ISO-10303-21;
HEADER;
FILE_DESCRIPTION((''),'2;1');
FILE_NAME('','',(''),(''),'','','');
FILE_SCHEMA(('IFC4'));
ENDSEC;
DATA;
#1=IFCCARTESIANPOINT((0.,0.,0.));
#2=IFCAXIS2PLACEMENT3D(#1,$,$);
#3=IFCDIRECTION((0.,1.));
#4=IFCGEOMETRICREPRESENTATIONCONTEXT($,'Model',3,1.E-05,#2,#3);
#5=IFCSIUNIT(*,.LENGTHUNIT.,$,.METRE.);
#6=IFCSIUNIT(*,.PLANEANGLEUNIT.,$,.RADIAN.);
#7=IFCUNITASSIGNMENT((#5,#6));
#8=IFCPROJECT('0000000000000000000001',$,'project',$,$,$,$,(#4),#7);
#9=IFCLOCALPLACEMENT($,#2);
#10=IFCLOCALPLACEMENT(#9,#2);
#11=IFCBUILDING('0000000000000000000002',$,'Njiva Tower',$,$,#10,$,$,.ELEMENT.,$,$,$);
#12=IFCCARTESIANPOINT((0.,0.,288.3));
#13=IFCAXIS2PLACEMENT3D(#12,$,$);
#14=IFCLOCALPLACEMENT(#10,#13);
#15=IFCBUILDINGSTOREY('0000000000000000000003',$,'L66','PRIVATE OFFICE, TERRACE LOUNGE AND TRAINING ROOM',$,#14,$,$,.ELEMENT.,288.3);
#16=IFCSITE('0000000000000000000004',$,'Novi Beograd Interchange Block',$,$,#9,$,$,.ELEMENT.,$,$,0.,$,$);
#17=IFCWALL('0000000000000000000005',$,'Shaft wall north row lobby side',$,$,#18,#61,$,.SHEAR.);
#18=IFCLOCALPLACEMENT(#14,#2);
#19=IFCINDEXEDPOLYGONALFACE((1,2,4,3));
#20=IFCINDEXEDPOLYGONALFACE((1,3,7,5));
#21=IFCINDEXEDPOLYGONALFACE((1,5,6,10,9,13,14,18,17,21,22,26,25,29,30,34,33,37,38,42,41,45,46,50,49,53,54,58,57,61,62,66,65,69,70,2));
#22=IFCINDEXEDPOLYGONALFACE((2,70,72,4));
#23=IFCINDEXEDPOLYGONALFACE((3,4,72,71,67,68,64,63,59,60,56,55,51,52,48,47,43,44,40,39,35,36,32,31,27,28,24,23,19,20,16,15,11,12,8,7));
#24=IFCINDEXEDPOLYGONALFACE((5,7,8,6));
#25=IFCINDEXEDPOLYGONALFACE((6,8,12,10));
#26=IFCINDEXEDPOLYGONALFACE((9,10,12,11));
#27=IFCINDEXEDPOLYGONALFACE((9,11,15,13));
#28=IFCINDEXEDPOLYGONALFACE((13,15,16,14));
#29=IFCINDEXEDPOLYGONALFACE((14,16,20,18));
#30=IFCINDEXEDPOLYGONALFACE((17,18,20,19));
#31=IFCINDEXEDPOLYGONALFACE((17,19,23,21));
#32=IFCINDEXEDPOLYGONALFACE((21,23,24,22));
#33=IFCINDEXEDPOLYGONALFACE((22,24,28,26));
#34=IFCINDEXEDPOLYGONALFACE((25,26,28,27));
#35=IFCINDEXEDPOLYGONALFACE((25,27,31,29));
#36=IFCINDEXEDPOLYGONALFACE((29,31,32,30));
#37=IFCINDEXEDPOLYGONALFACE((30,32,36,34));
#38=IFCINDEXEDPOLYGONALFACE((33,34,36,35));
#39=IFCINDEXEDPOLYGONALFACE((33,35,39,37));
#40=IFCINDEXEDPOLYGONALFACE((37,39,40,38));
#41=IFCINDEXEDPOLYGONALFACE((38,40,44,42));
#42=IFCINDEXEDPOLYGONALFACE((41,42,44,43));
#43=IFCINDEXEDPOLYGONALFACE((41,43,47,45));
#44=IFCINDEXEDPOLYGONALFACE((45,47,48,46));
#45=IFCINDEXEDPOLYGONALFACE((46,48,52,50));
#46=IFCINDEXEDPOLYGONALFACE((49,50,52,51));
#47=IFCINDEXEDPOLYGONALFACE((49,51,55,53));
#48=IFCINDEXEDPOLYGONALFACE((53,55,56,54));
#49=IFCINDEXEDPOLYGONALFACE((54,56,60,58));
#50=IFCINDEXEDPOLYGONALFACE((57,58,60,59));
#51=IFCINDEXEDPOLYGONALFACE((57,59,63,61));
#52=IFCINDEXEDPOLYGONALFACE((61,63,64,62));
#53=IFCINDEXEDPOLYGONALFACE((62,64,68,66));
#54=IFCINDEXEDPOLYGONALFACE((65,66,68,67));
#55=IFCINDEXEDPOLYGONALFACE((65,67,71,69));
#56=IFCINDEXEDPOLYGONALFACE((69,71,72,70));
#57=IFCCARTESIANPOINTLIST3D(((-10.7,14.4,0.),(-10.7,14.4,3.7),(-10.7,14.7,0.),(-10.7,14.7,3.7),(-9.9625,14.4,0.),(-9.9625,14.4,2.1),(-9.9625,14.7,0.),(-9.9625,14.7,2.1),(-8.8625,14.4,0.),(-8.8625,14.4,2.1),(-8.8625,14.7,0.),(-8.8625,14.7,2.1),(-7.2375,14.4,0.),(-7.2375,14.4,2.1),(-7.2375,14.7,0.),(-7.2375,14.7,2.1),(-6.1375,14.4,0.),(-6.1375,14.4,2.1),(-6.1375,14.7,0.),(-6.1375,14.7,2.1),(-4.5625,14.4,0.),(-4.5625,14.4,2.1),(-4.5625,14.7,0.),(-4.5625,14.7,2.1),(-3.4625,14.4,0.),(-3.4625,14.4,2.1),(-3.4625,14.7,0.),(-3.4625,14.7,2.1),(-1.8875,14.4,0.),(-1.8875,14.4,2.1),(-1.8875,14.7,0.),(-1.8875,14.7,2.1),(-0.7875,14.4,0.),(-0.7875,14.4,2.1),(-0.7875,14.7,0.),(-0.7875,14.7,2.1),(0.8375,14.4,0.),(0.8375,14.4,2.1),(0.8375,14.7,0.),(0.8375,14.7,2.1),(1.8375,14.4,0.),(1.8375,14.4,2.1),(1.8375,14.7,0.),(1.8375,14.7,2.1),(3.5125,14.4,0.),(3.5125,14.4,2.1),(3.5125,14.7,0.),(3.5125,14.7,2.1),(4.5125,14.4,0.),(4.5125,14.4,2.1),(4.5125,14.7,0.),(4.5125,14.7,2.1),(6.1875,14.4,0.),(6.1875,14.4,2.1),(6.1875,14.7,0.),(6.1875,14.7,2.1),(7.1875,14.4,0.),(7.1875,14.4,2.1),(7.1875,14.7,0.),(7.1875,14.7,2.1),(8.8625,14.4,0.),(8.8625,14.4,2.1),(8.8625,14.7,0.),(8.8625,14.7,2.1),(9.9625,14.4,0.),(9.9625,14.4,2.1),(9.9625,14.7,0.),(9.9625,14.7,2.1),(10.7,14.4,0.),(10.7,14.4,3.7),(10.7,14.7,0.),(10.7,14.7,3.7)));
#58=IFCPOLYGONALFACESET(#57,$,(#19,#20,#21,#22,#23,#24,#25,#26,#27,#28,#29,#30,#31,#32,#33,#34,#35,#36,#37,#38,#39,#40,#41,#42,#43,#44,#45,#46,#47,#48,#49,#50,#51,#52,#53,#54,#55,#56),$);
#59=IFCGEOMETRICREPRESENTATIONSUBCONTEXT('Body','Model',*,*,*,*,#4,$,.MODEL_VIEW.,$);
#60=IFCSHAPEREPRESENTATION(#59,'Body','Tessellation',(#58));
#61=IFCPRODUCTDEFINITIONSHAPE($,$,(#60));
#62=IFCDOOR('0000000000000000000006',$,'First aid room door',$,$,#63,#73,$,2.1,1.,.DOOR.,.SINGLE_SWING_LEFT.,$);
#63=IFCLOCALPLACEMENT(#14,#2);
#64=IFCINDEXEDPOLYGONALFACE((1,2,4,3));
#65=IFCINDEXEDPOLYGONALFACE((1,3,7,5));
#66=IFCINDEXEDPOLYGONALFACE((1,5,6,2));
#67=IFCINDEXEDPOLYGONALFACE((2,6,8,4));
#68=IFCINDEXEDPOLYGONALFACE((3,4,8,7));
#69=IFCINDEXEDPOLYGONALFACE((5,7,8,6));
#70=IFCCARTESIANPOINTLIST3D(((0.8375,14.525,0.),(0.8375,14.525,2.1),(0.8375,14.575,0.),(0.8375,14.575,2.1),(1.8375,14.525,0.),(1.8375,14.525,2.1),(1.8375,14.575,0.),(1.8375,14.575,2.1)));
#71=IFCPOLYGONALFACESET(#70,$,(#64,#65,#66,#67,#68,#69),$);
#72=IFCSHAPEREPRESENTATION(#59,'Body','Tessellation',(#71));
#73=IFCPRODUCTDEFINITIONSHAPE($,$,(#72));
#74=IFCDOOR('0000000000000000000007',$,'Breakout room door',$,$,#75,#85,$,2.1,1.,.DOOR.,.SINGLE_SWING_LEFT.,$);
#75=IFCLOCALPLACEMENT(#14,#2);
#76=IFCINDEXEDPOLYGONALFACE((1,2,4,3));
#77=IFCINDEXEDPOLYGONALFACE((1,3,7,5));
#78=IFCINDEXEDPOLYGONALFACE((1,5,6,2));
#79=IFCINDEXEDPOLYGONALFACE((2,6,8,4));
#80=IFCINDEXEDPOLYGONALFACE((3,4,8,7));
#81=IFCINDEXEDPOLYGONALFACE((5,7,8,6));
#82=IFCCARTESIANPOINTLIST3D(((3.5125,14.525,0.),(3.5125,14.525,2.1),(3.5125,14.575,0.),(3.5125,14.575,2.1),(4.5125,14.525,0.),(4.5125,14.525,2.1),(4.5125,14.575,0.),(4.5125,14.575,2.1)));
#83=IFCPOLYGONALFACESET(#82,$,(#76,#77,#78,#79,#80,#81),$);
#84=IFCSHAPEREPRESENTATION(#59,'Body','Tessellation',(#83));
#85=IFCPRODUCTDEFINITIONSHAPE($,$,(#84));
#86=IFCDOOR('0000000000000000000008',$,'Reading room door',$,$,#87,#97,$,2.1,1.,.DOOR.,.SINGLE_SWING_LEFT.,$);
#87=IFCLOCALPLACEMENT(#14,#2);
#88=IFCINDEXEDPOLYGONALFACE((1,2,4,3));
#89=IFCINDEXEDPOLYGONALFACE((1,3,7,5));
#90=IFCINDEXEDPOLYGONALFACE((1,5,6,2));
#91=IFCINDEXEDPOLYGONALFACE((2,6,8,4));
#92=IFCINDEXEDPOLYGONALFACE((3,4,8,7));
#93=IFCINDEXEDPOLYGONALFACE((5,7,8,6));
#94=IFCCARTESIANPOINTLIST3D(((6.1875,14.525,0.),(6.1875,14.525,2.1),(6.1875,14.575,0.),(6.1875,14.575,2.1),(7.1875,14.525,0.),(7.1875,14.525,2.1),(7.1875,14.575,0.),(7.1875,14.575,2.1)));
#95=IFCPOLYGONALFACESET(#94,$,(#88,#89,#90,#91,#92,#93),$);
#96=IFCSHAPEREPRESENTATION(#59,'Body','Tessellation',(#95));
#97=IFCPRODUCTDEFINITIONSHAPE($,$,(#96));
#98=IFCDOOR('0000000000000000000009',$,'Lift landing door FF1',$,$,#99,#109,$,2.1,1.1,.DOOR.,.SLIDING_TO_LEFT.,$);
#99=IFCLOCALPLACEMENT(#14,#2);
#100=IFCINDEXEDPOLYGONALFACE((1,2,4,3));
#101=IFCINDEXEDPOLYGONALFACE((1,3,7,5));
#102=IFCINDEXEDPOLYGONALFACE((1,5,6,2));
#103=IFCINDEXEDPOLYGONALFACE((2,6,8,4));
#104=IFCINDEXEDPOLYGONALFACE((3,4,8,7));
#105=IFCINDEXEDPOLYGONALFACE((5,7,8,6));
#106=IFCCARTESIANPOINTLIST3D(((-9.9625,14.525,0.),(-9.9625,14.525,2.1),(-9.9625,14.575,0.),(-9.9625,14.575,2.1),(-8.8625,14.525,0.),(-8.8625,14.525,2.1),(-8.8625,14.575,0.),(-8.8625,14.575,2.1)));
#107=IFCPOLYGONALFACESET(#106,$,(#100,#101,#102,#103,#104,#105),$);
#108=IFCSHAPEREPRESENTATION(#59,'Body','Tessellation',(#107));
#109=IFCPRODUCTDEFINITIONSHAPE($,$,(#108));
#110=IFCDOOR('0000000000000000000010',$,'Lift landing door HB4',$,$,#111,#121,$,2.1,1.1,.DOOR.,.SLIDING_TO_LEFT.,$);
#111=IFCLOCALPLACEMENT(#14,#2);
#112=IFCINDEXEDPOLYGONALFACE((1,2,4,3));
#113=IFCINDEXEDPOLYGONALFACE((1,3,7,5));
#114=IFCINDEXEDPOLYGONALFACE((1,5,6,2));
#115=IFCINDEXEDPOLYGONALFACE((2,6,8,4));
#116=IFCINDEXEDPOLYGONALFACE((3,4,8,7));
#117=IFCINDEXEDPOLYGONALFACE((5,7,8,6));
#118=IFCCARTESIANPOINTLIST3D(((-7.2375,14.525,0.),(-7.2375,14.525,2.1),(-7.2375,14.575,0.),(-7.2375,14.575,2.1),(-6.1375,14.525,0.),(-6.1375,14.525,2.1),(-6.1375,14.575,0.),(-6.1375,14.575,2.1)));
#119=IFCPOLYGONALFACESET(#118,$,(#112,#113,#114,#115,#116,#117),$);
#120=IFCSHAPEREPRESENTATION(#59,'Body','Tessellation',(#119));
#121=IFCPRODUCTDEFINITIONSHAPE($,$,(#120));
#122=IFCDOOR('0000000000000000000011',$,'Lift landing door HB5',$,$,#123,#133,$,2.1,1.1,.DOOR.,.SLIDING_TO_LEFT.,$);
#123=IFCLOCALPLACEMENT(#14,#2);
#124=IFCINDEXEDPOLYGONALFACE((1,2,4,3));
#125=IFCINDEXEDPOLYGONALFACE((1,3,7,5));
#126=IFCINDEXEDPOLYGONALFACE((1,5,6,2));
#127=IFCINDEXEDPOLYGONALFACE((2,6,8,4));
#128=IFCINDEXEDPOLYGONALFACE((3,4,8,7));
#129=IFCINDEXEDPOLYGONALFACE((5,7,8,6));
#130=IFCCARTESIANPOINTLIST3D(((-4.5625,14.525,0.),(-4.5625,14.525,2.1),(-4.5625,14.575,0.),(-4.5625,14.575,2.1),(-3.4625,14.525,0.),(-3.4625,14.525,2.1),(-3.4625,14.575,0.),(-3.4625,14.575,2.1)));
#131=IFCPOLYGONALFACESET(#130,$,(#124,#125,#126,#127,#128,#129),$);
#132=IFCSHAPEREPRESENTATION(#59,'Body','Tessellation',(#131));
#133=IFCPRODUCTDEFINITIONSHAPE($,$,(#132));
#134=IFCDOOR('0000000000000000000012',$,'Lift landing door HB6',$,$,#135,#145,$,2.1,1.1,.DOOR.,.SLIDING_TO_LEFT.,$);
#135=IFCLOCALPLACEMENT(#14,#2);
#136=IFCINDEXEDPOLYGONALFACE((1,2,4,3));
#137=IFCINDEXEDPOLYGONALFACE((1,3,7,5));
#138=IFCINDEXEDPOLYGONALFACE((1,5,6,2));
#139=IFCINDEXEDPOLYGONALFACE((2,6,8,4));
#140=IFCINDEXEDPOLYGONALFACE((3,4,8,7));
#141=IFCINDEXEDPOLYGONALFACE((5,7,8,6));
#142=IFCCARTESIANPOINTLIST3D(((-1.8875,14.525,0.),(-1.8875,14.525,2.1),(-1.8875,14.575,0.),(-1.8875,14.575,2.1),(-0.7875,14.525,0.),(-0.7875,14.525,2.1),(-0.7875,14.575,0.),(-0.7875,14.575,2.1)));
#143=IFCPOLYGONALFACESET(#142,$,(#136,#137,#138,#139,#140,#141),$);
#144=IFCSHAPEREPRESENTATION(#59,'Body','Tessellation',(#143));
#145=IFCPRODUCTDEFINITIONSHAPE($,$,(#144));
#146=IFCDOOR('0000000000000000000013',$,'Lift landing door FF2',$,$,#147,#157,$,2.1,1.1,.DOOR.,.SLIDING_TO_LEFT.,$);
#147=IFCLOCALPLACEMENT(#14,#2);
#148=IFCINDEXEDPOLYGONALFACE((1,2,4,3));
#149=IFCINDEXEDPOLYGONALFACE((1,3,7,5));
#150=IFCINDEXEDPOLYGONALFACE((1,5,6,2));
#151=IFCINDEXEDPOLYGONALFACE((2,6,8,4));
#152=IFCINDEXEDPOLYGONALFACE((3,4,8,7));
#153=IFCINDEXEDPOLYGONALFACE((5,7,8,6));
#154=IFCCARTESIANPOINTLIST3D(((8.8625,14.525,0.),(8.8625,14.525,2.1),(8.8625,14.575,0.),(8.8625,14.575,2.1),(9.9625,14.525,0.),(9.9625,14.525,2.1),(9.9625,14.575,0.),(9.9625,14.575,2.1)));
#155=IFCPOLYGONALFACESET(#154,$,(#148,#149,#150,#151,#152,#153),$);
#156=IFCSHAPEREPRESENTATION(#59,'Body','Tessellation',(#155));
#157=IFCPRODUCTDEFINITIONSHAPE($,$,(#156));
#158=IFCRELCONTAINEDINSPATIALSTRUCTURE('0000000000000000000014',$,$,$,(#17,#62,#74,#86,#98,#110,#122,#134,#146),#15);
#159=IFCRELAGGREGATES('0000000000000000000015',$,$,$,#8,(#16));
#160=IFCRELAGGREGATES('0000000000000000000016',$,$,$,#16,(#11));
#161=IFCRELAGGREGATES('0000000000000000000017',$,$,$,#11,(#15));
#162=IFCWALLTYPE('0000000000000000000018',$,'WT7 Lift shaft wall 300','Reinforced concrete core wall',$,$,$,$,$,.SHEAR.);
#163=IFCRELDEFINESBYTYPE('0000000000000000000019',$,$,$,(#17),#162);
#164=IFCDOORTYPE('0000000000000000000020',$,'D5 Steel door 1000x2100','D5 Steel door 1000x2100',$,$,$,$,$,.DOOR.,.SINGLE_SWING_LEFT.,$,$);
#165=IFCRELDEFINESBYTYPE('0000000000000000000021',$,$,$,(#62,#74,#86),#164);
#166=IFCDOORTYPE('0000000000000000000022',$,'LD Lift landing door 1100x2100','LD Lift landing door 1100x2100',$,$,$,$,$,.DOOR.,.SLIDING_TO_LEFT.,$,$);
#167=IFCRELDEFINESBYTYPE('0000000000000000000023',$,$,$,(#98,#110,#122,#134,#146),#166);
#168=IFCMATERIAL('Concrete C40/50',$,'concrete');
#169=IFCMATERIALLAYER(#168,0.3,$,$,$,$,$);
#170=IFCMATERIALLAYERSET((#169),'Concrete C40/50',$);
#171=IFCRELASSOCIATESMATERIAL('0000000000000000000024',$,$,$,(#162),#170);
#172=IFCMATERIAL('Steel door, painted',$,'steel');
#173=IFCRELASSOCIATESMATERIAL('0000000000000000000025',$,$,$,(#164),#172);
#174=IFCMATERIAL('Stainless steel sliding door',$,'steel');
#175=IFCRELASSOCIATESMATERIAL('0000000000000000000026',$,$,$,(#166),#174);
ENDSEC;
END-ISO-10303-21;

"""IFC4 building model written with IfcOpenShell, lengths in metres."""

from ifc_helpers import new_model, si_unit, direction, frame, frame_2d, origin, place, context, subcontext, project, spatial, rectangle, extrude, material, layer, layer_set, type_object, element, fill, save


model = new_model("IFC4")

# Units and contexts
model_context = context("Model", 3, precision=1e-05, world=origin(), true_north=direction((0.0, 1.0)))
body_context = subcontext(model_context, "Body", "Model", "MODEL_VIEW")
ifc_project = project(units=[si_unit("LENGTHUNIT", "METRE"), si_unit("PLANEANGLEUNIT", "RADIAN")], contexts=[model_context])

# Site, building, storey
site_placement = place(None, origin())
site = spatial("IfcSite", under=ifc_project, at=site_placement, Name="Novi Beograd Interchange Block", CompositionType="ELEMENT", RefElevation=0.0)
building_placement = place(site_placement, origin())
building = spatial("IfcBuilding", under=site, at=building_placement, Name="Njiva Tower", CompositionType="ELEMENT")
storey_placement = place(building_placement, frame((0.0, 0.0, 288.3)))
storey = spatial("IfcBuildingStorey", under=building, at=storey_placement, Name="L66", Description="PRIVATE OFFICE, TERRACE LOUNGE AND TRAINING ROOM", CompositionType="ELEMENT", Elevation=288.3)

# Shared definitions
ifc_material_1 = material(Name="Concrete C40/50", Category="concrete")

# Wall, openings, doors
ifc_layer_1 = layer(ifc_material_1, 0.3)
ifc_layer_set_1 = layer_set([ifc_layer_1], Name="Concrete C40/50")
wall_type_1 = type_object("IfcWallType", Name="WT7 Lift shaft wall 300", Description="Reinforced concrete core wall", PredefinedType="SHEAR", material=ifc_layer_set_1)
wall_placement = place(storey_placement, frame((-10.7, 14.55, 0.0), z_axis=(0.0, 0.0, 1.0), x_axis=(1.0, 0.0, 0.0)))
wall = element("IfcWall", 1, at=wall_placement, inside=storey, type_object=wall_type_1, Name="Shaft wall north row lobby side", PredefinedType="SHEAR", context=body_context, shape_type="SweptSolid", body=[
    extrude(rectangle(XDim=21.4, YDim=0.3, at=frame_2d((10.7, 0.0))), origin(), (0.0, 0.0, 1.0), 3.7),
])
opening_1_placement = place(wall_placement, frame((0.7375, 0.0, 0.0)))
opening_1 = element("IfcOpeningElement", 2, at=opening_1_placement, cuts=wall, PredefinedType="OPENING", context=body_context, shape_type="SweptSolid", body=[
    extrude(rectangle(XDim=1.1, YDim=2.1, at=frame_2d((0.55, 1.05))), frame((0.0, 0.16, 0.0), z_axis=(0.0, -1.0, 0.0), x_axis=(1.0, 0.0, 0.0)), (0.0, 0.0, 1.0), 0.32),
])
opening_2_placement = place(wall_placement, frame((3.4625, 0.0, 0.0)))
opening_2 = element("IfcOpeningElement", 3, at=opening_2_placement, cuts=wall, PredefinedType="OPENING", context=body_context, shape_type="SweptSolid", body=[
    extrude(rectangle(XDim=1.1, YDim=2.1, at=frame_2d((0.55, 1.05))), frame((0.0, 0.16, 0.0), z_axis=(0.0, -1.0, 0.0), x_axis=(1.0, 0.0, 0.0)), (0.0, 0.0, 1.0), 0.32),
])
opening_3_placement = place(wall_placement, frame((6.1375, 0.0, 0.0)))
opening_3 = element("IfcOpeningElement", 4, at=opening_3_placement, cuts=wall, PredefinedType="OPENING", context=body_context, shape_type="SweptSolid", body=[
    extrude(rectangle(XDim=1.1, YDim=2.1, at=frame_2d((0.55, 1.05))), frame((0.0, 0.16, 0.0), z_axis=(0.0, -1.0, 0.0), x_axis=(1.0, 0.0, 0.0)), (0.0, 0.0, 1.0), 0.32),
])
opening_4_placement = place(wall_placement, frame((8.8125, 0.0, 0.0)))
opening_4 = element("IfcOpeningElement", 5, at=opening_4_placement, cuts=wall, PredefinedType="OPENING", context=body_context, shape_type="SweptSolid", body=[
    extrude(rectangle(XDim=1.1, YDim=2.1, at=frame_2d((0.55, 1.05))), frame((0.0, 0.16, 0.0), z_axis=(0.0, -1.0, 0.0), x_axis=(1.0, 0.0, 0.0)), (0.0, 0.0, 1.0), 0.32),
])
opening_5_placement = place(wall_placement, frame((19.5625, 0.0, 0.0)))
opening_5 = element("IfcOpeningElement", 6, at=opening_5_placement, cuts=wall, PredefinedType="OPENING", context=body_context, shape_type="SweptSolid", body=[
    extrude(rectangle(XDim=1.1, YDim=2.1, at=frame_2d((0.55, 1.05))), frame((0.0, 0.16, 0.0), z_axis=(0.0, -1.0, 0.0), x_axis=(1.0, 0.0, 0.0)), (0.0, 0.0, 1.0), 0.32),
])
opening_6_placement = place(wall_placement, frame((11.5375, 0.0, 0.0)))
opening_6 = element("IfcOpeningElement", 7, at=opening_6_placement, cuts=wall, PredefinedType="OPENING", context=body_context, shape_type="SweptSolid", body=[
    extrude(rectangle(XDim=1.0, YDim=2.1, at=frame_2d((0.5, 1.05))), frame((0.0, 0.16, 0.0), z_axis=(0.0, -1.0, 0.0), x_axis=(1.0, 0.0, 0.0)), (0.0, 0.0, 1.0), 0.32),
])
opening_7_placement = place(wall_placement, frame((14.2125, 0.0, 0.0)))
opening_7 = element("IfcOpeningElement", 8, at=opening_7_placement, cuts=wall, PredefinedType="OPENING", context=body_context, shape_type="SweptSolid", body=[
    extrude(rectangle(XDim=1.0, YDim=2.1, at=frame_2d((0.5, 1.05))), frame((0.0, 0.16, 0.0), z_axis=(0.0, -1.0, 0.0), x_axis=(1.0, 0.0, 0.0)), (0.0, 0.0, 1.0), 0.32),
])
opening_8_placement = place(wall_placement, frame((16.8875, 0.0, 0.0)))
opening_8 = element("IfcOpeningElement", 9, at=opening_8_placement, cuts=wall, PredefinedType="OPENING", context=body_context, shape_type="SweptSolid", body=[
    extrude(rectangle(XDim=1.0, YDim=2.1, at=frame_2d((0.5, 1.05))), frame((0.0, 0.16, 0.0), z_axis=(0.0, -1.0, 0.0), x_axis=(1.0, 0.0, 0.0)), (0.0, 0.0, 1.0), 0.32),
])
ifc_material_2 = material(Name="Steel door, painted", Category="steel")
door_type_1 = type_object("IfcDoorType", Name="D5 Steel door 1000x2100", Description="D5 Steel door 1000x2100", OperationType="SINGLE_SWING_LEFT", PredefinedType="DOOR", material=ifc_material_2)
door_1_placement = place(opening_6_placement, origin())
door_1 = element("IfcDoor", 10, at=door_1_placement, inside=storey, type_object=door_type_1, Name="First aid room door", OperationType="SINGLE_SWING_LEFT", OverallHeight=2.1, OverallWidth=1.0, PredefinedType="DOOR", context=body_context, shape_type="SweptSolid", body=[
    extrude(rectangle(XDim=1.0, YDim=2.1, at=frame_2d((0.5, 1.05))), frame((0.0, 0.025, 0.0), z_axis=(0.0, -1.0, 0.0), x_axis=(1.0, 0.0, 0.0)), (0.0, 0.0, 1.0), 0.05),
])
fill(opening_6, door_1)
door_2_placement = place(opening_7_placement, origin())
door_2 = element("IfcDoor", 11, at=door_2_placement, inside=storey, type_object=door_type_1, Name="Breakout room door", OperationType="SINGLE_SWING_LEFT", OverallHeight=2.1, OverallWidth=1.0, PredefinedType="DOOR", context=body_context, shape_type="SweptSolid", body=[
    extrude(rectangle(XDim=1.0, YDim=2.1, at=frame_2d((0.5, 1.05))), frame((0.0, 0.025, 0.0), z_axis=(0.0, -1.0, 0.0), x_axis=(1.0, 0.0, 0.0)), (0.0, 0.0, 1.0), 0.05),
])
fill(opening_7, door_2)
door_3_placement = place(opening_8_placement, origin())
door_3 = element("IfcDoor", 12, at=door_3_placement, inside=storey, type_object=door_type_1, Name="Reading room door", OperationType="SINGLE_SWING_LEFT", OverallHeight=2.1, OverallWidth=1.0, PredefinedType="DOOR", context=body_context, shape_type="SweptSolid", body=[
    extrude(rectangle(XDim=1.0, YDim=2.1, at=frame_2d((0.5, 1.05))), frame((0.0, 0.025, 0.0), z_axis=(0.0, -1.0, 0.0), x_axis=(1.0, 0.0, 0.0)), (0.0, 0.0, 1.0), 0.05),
])
fill(opening_8, door_3)
ifc_material_3 = material(Name="Stainless steel sliding door", Category="steel")
door_type_2 = type_object("IfcDoorType", Name="LD Lift landing door 1100x2100", Description="LD Lift landing door 1100x2100", OperationType="SLIDING_TO_LEFT", PredefinedType="DOOR", material=ifc_material_3)
door_4_placement = place(opening_1_placement, origin())
door_4 = element("IfcDoor", 13, at=door_4_placement, inside=storey, type_object=door_type_2, Name="Lift landing door FF1", OperationType="SLIDING_TO_LEFT", OverallHeight=2.1, OverallWidth=1.1, PredefinedType="DOOR", context=body_context, shape_type="SweptSolid", body=[
    extrude(rectangle(XDim=1.1, YDim=2.1, at=frame_2d((0.55, 1.05))), frame((0.0, 0.025, 0.0), z_axis=(0.0, -1.0, 0.0), x_axis=(1.0, 0.0, 0.0)), (0.0, 0.0, 1.0), 0.05),
])
fill(opening_1, door_4)
door_5_placement = place(opening_2_placement, origin())
door_5 = element("IfcDoor", 14, at=door_5_placement, inside=storey, type_object=door_type_2, Name="Lift landing door HB4", OperationType="SLIDING_TO_LEFT", OverallHeight=2.1, OverallWidth=1.1, PredefinedType="DOOR", context=body_context, shape_type="SweptSolid", body=[
    extrude(rectangle(XDim=1.1, YDim=2.1, at=frame_2d((0.55, 1.05))), frame((0.0, 0.025, 0.0), z_axis=(0.0, -1.0, 0.0), x_axis=(1.0, 0.0, 0.0)), (0.0, 0.0, 1.0), 0.05),
])
fill(opening_2, door_5)
door_6_placement = place(opening_3_placement, origin())
door_6 = element("IfcDoor", 15, at=door_6_placement, inside=storey, type_object=door_type_2, Name="Lift landing door HB5", OperationType="SLIDING_TO_LEFT", OverallHeight=2.1, OverallWidth=1.1, PredefinedType="DOOR", context=body_context, shape_type="SweptSolid", body=[
    extrude(rectangle(XDim=1.1, YDim=2.1, at=frame_2d((0.55, 1.05))), frame((0.0, 0.025, 0.0), z_axis=(0.0, -1.0, 0.0), x_axis=(1.0, 0.0, 0.0)), (0.0, 0.0, 1.0), 0.05),
])
fill(opening_3, door_6)
door_7_placement = place(opening_4_placement, origin())
door_7 = element("IfcDoor", 16, at=door_7_placement, inside=storey, type_object=door_type_2, Name="Lift landing door HB6", OperationType="SLIDING_TO_LEFT", OverallHeight=2.1, OverallWidth=1.1, PredefinedType="DOOR", context=body_context, shape_type="SweptSolid", body=[
    extrude(rectangle(XDim=1.1, YDim=2.1, at=frame_2d((0.55, 1.05))), frame((0.0, 0.025, 0.0), z_axis=(0.0, -1.0, 0.0), x_axis=(1.0, 0.0, 0.0)), (0.0, 0.0, 1.0), 0.05),
])
fill(opening_4, door_7)
door_8_placement = place(opening_5_placement, origin())
door_8 = element("IfcDoor", 17, at=door_8_placement, inside=storey, type_object=door_type_2, Name="Lift landing door FF2", OperationType="SLIDING_TO_LEFT", OverallHeight=2.1, OverallWidth=1.1, PredefinedType="DOOR", context=body_context, shape_type="SweptSolid", body=[
    extrude(rectangle(XDim=1.1, YDim=2.1, at=frame_2d((0.55, 1.05))), frame((0.0, 0.025, 0.0), z_axis=(0.0, -1.0, 0.0), x_axis=(1.0, 0.0, 0.0)), (0.0, 0.0, 1.0), 0.05),
])
fill(opening_5, door_8)

save(model, "model.ifc")
